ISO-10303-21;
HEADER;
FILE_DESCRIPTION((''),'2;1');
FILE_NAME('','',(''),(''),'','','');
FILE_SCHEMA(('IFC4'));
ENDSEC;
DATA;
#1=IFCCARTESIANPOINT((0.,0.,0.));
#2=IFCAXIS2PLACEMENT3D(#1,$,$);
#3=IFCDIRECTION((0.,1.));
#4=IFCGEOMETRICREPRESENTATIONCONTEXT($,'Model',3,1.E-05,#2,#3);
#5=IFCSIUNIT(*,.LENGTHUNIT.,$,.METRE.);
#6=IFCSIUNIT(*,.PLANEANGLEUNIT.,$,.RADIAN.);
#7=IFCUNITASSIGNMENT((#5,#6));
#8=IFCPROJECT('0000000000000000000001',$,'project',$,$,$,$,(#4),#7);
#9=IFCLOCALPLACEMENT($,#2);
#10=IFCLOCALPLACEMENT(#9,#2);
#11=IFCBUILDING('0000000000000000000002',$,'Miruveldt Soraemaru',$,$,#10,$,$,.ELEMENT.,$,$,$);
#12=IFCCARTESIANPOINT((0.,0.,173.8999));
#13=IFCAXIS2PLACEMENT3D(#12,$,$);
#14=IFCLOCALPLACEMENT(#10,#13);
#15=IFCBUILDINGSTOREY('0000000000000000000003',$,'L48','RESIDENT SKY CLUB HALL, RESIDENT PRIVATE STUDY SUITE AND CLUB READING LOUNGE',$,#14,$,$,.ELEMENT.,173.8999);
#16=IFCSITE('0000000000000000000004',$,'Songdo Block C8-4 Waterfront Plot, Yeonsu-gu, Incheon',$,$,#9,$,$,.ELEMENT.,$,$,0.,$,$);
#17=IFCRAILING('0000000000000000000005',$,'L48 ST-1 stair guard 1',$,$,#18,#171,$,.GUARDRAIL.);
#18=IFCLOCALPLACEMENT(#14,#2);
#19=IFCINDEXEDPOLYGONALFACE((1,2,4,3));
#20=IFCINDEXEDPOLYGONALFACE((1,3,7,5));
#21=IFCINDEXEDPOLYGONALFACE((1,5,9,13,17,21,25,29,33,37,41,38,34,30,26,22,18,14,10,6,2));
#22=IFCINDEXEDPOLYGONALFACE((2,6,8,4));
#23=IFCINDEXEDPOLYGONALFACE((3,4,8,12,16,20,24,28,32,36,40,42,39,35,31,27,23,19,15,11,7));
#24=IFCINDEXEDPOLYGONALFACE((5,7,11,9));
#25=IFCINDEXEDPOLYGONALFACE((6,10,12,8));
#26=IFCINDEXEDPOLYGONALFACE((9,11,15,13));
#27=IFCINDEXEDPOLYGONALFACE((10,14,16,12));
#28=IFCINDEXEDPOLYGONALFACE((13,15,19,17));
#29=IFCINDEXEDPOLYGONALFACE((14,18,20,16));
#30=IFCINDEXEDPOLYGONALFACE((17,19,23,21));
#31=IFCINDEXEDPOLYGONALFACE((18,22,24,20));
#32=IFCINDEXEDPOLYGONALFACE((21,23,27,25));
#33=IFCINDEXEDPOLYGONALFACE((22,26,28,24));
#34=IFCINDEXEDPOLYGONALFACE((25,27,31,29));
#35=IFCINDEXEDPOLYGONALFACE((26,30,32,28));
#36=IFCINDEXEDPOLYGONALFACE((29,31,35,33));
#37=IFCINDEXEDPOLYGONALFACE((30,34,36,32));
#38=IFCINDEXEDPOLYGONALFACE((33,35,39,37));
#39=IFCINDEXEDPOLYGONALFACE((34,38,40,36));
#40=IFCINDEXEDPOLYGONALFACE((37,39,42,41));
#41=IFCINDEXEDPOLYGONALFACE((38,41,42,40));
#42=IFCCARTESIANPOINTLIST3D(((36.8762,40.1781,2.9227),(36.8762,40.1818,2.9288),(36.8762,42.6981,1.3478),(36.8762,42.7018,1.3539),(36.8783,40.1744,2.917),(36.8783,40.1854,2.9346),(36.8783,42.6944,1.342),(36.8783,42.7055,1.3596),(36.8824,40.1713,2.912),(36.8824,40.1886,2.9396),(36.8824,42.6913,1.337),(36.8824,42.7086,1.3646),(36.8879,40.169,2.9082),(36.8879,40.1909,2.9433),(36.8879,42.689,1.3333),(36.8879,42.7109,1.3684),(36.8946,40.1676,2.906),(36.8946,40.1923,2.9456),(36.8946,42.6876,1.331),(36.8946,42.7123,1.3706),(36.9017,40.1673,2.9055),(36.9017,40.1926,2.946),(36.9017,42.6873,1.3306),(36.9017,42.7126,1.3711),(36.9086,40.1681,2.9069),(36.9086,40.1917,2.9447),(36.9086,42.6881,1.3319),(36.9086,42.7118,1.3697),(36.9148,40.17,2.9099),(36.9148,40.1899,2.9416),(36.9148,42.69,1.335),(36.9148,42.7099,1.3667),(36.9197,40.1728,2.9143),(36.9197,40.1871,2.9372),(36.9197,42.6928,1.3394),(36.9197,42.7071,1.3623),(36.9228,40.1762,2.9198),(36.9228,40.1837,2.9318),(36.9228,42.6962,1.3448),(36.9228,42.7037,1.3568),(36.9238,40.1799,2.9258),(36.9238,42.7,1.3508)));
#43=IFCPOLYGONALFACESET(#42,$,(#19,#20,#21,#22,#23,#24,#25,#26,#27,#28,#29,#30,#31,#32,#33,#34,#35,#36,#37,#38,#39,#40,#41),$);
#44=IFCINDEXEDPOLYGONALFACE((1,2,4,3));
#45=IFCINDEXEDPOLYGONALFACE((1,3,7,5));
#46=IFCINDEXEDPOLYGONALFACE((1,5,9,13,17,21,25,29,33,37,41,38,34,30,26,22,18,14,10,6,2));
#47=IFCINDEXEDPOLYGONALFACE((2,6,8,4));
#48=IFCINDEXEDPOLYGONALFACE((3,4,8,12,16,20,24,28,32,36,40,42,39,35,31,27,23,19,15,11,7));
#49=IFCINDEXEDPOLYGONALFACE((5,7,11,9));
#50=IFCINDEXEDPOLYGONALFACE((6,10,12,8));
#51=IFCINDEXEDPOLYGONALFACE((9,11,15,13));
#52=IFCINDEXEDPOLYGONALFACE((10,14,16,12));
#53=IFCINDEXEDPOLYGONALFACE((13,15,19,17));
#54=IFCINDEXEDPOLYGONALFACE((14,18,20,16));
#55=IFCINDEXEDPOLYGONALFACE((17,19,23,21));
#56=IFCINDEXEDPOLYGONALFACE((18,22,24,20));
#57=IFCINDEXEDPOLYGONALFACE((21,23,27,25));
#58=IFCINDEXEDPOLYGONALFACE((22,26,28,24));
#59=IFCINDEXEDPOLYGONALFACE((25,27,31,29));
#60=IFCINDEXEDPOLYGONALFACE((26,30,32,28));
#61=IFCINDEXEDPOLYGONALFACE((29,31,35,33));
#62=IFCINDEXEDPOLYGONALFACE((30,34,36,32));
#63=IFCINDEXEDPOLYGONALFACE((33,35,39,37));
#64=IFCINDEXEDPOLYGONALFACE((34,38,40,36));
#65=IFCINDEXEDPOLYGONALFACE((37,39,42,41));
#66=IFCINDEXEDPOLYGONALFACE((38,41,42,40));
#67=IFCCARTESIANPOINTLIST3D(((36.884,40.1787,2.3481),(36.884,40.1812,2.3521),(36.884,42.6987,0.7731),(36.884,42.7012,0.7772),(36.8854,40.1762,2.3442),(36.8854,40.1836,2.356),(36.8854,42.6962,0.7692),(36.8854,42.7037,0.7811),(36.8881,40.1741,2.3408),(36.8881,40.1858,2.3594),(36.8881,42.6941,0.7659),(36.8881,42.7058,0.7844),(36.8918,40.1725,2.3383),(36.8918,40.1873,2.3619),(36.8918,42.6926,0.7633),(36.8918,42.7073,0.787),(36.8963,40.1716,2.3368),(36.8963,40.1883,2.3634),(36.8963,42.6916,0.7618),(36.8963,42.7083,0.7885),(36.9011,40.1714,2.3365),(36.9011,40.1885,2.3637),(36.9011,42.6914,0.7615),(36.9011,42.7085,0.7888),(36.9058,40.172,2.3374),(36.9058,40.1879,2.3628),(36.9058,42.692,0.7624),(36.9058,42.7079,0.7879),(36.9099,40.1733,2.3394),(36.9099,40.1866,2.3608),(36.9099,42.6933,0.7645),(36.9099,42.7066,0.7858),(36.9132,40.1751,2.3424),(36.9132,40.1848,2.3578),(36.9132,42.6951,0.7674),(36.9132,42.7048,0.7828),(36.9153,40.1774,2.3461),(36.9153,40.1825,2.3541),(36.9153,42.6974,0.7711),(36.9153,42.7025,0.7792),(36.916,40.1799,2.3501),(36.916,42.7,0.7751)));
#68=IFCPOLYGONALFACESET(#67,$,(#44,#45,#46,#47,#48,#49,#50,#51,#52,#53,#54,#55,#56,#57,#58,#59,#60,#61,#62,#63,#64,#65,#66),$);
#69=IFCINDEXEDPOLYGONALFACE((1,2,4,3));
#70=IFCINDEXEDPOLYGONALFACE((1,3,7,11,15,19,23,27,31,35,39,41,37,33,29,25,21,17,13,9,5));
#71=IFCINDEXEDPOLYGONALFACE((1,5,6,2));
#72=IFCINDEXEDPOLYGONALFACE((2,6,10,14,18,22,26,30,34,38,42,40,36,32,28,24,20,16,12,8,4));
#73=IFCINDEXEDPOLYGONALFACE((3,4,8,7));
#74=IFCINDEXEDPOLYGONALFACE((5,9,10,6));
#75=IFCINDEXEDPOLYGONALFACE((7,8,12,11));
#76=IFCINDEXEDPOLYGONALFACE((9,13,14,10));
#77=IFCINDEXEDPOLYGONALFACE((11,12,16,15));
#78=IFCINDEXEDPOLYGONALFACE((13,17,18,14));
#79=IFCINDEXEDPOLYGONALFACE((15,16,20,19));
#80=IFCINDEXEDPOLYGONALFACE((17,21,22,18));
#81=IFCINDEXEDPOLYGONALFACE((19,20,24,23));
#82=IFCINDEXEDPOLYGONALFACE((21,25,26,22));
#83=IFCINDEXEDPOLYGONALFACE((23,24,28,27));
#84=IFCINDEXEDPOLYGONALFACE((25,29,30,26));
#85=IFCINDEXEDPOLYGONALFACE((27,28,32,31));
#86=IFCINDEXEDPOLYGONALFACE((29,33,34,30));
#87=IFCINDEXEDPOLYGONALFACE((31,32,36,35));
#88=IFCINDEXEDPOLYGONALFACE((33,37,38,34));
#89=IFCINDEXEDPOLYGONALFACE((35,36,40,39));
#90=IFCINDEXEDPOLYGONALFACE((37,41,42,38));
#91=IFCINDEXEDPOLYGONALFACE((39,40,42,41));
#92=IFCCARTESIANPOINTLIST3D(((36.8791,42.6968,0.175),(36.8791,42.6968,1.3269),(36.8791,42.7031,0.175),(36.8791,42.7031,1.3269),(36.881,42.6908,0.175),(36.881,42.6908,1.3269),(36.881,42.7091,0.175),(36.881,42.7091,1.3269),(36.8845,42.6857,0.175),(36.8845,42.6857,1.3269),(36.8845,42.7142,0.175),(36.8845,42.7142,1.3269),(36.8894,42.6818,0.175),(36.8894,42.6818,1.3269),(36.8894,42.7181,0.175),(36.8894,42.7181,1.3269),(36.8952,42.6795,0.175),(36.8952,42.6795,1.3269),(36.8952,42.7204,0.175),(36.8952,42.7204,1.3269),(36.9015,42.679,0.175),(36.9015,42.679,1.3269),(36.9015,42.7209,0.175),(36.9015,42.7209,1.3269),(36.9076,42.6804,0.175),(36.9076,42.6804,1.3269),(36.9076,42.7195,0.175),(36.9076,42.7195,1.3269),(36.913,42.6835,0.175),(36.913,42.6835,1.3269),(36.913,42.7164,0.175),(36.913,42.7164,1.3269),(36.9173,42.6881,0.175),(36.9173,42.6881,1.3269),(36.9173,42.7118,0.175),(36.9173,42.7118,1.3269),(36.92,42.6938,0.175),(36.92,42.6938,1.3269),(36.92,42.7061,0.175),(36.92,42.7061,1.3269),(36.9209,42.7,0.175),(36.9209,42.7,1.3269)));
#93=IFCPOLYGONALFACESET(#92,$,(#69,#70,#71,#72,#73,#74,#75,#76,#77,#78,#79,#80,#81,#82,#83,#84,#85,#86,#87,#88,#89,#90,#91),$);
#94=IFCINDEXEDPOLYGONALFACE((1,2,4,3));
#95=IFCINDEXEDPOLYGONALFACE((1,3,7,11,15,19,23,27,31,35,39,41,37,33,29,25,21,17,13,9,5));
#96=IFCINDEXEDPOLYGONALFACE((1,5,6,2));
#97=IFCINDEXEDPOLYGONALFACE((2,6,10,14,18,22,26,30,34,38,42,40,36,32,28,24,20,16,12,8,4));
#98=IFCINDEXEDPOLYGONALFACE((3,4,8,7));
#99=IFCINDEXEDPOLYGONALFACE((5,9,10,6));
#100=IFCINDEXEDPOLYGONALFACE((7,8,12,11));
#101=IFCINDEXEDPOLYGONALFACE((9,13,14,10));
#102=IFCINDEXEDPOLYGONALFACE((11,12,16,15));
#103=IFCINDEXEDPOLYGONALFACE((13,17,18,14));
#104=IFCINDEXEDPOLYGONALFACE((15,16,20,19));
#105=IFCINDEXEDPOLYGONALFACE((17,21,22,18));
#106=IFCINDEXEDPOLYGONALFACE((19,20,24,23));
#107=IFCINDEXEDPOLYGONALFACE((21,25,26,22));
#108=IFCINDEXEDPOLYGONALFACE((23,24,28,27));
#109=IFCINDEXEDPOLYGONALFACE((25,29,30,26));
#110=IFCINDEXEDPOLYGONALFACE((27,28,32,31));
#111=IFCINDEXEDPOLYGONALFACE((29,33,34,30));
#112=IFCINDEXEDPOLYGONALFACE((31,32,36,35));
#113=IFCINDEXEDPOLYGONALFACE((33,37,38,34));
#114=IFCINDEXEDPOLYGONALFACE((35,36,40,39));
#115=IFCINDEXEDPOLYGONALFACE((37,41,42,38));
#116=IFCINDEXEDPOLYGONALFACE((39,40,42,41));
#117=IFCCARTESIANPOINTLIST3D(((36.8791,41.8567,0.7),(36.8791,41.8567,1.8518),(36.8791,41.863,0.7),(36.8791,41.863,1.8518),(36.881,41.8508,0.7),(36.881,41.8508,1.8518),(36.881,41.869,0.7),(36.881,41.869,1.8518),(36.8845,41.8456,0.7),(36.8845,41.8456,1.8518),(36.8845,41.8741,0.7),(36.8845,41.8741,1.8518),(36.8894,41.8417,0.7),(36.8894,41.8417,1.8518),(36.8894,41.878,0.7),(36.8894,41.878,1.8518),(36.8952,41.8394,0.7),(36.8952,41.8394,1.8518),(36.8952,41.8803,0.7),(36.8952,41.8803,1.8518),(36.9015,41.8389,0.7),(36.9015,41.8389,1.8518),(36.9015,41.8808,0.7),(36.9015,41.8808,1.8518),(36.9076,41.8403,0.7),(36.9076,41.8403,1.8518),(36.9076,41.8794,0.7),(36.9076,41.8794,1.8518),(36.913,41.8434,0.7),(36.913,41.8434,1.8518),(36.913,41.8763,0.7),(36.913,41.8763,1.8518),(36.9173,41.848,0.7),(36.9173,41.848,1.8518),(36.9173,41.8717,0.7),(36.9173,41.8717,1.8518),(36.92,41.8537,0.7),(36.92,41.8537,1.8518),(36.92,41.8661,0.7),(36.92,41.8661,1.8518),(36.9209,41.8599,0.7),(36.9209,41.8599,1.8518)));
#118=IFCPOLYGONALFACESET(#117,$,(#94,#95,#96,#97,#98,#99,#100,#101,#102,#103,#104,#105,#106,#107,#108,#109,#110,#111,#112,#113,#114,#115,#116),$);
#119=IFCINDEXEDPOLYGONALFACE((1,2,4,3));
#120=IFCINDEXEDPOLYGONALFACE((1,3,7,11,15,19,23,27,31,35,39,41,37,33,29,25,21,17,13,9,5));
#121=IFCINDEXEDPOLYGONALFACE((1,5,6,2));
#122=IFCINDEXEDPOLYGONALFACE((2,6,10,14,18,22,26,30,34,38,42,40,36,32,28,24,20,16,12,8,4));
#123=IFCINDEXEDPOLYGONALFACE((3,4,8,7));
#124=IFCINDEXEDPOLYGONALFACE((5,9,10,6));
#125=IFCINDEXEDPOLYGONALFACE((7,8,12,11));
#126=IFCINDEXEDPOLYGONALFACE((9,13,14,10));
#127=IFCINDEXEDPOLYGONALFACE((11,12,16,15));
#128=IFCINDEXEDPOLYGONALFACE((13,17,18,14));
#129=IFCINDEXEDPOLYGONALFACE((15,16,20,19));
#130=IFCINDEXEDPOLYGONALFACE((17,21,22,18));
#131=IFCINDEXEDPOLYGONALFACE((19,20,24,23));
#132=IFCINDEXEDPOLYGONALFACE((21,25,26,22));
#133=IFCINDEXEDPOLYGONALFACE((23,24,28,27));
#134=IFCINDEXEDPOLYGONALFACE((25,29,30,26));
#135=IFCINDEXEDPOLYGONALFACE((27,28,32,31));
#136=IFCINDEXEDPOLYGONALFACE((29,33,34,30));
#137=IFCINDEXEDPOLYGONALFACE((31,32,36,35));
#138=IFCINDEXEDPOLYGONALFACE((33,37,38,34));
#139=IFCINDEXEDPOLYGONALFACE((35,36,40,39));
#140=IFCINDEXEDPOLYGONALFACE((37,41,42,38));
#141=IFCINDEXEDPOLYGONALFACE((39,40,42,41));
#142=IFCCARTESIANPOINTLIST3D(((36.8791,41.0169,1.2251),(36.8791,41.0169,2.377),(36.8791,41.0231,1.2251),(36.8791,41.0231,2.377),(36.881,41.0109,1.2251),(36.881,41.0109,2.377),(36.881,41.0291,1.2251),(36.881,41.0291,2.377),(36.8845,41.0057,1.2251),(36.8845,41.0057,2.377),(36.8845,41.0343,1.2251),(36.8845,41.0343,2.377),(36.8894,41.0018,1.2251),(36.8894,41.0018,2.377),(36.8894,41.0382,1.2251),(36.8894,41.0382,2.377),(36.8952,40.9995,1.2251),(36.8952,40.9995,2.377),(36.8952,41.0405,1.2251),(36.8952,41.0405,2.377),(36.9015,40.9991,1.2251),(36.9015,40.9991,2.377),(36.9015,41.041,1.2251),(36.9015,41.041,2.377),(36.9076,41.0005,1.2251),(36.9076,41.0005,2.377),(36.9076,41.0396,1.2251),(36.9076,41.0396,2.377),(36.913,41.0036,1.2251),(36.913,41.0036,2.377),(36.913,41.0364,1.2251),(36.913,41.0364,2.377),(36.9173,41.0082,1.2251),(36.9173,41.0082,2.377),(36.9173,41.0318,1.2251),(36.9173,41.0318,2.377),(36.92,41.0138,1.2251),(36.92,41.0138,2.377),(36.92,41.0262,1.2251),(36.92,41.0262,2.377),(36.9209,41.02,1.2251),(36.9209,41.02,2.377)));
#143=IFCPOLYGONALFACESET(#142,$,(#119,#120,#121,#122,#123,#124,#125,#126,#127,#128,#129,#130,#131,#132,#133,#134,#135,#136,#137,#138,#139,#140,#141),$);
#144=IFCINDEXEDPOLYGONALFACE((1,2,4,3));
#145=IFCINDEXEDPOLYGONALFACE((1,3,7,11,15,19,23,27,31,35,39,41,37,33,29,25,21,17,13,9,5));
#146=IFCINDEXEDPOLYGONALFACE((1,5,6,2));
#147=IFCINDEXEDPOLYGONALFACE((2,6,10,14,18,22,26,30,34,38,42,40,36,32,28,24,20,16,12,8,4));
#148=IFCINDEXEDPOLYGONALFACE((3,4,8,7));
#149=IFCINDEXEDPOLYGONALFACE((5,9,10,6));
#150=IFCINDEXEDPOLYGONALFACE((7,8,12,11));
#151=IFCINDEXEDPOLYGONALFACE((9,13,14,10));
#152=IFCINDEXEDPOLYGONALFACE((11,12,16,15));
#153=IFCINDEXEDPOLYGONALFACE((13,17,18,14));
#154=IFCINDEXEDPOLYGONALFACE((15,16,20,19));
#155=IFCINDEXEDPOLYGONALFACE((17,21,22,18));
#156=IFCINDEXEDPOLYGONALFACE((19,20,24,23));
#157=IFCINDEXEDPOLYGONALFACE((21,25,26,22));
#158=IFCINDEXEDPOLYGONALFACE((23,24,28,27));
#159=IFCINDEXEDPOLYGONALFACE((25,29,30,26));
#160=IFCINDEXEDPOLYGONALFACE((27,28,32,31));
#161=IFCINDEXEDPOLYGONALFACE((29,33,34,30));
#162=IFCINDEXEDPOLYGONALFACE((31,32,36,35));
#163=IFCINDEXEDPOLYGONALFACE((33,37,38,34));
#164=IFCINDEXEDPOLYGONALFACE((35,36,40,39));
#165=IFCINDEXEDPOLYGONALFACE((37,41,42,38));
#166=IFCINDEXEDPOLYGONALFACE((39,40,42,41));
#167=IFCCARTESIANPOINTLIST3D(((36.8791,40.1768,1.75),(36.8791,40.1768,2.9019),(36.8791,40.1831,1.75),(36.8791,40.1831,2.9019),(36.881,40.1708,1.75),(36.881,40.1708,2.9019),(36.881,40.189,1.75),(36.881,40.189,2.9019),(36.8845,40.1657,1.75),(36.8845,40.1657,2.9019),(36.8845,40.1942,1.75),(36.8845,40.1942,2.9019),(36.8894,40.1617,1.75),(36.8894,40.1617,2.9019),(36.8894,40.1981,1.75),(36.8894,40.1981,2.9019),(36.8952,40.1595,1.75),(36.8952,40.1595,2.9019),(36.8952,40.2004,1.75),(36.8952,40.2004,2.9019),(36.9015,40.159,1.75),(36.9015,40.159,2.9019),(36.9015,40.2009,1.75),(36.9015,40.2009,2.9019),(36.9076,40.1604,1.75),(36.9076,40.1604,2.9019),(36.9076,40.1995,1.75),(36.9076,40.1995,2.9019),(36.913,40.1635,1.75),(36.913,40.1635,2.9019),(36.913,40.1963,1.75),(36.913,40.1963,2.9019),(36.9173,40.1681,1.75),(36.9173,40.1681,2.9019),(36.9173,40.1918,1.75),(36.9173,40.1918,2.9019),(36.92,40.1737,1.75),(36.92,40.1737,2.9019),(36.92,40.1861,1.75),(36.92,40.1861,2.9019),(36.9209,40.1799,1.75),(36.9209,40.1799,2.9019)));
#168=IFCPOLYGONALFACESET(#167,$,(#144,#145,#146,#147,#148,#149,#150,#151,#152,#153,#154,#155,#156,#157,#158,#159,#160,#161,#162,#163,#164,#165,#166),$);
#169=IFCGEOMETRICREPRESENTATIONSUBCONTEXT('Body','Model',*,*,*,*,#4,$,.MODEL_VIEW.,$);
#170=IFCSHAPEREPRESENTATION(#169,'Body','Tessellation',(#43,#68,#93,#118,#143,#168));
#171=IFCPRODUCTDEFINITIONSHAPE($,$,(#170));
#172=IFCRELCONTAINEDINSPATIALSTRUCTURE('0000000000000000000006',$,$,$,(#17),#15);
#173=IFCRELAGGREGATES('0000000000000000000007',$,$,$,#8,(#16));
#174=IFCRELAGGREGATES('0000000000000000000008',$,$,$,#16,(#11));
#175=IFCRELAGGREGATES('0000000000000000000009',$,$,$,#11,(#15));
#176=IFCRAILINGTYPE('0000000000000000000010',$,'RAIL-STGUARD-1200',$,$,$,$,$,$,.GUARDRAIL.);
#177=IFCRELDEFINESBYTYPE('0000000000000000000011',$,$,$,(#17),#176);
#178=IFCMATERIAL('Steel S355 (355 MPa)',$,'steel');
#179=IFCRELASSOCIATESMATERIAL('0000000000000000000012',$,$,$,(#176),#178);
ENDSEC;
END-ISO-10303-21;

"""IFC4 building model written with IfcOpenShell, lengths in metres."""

from ifc_helpers import new_model, si_unit, direction, frame, origin, origin_2d, place, context, subcontext, project, spatial, circle, extrude, material, type_object, element, save


model = new_model("IFC4")

# Units and contexts
model_context = context("Model", 3, precision=1e-05, world=origin(), true_north=direction((0.0, 1.0)))
body_context = subcontext(model_context, "Body", "Model", "MODEL_VIEW")
ifc_project = project(units=[si_unit("LENGTHUNIT", "METRE"), si_unit("PLANEANGLEUNIT", "RADIAN")], contexts=[model_context])

# Site, building, storey
site_placement = place(None, origin())
site = spatial("IfcSite", under=ifc_project, at=site_placement, Name="Songdo Block C8-4 Waterfront Plot, Yeonsu-gu, Incheon", CompositionType="ELEMENT", RefElevation=0.0)
building_placement = place(site_placement, origin())
building = spatial("IfcBuilding", under=site, at=building_placement, Name="Miruveldt Soraemaru", CompositionType="ELEMENT")
storey_placement = place(building_placement, frame((0.0, 0.0, 173.8999)))
storey = spatial("IfcBuildingStorey", under=building, at=storey_placement, Name="L48", Description="RESIDENT SKY CLUB HALL, RESIDENT PRIVATE STUDY SUITE AND CLUB READING LOUNGE", CompositionType="ELEMENT", Elevation=173.8999)

# Railing
ifc_material_1 = material(Name="Steel S355 (355 MPa)", Category="steel")
railing_type_1 = type_object("IfcRailingType", Name="RAIL-STGUARD-1200", PredefinedType="GUARDRAIL", material=ifc_material_1)
railing_1_placement = place(storey_placement, frame((36.8999, 42.7, 0.175)))
element("IfcRailing", 1, at=railing_1_placement, inside=storey, type_object=railing_type_1, Name="L48 ST-1 stair guard 1", PredefinedType="GUARDRAIL", context=body_context, shape_type="SweptSolid", body=[
    extrude(circle(Radius=0.0239, at=origin_2d()), frame((0.0, 0.0, 1.1758), z_axis=(0.0, -0.848008, 0.529984), x_axis=(1.0, 0.0, 0.0)), (0.0, 0.0, 1.0), 2.9717),
    extrude(circle(Radius=0.0161, at=origin_2d()), frame((0.0, 0.0, 0.6001), z_axis=(0.0, -0.848008, 0.529984), x_axis=(1.0, 0.0, 0.0)), (0.0, 0.0, 1.0), 2.9717),
    extrude(circle(Radius=0.021, at=origin_2d()), origin(), (0.0, 0.0, 1.0), 1.1519),
    extrude(circle(Radius=0.021, at=origin_2d()), frame((0.0, -0.8401, 0.5249)), (0.0, 0.0, 1.0), 1.1519),
    extrude(circle(Radius=0.021, at=origin_2d()), frame((0.0, -1.6799, 1.05)), (0.0, 0.0, 1.0), 1.1519),
    extrude(circle(Radius=0.021, at=origin_2d()), frame((0.0, -2.52, 1.575)), (0.0, 0.0, 1.0), 1.1519),
])

save(model, "model.ifc")
